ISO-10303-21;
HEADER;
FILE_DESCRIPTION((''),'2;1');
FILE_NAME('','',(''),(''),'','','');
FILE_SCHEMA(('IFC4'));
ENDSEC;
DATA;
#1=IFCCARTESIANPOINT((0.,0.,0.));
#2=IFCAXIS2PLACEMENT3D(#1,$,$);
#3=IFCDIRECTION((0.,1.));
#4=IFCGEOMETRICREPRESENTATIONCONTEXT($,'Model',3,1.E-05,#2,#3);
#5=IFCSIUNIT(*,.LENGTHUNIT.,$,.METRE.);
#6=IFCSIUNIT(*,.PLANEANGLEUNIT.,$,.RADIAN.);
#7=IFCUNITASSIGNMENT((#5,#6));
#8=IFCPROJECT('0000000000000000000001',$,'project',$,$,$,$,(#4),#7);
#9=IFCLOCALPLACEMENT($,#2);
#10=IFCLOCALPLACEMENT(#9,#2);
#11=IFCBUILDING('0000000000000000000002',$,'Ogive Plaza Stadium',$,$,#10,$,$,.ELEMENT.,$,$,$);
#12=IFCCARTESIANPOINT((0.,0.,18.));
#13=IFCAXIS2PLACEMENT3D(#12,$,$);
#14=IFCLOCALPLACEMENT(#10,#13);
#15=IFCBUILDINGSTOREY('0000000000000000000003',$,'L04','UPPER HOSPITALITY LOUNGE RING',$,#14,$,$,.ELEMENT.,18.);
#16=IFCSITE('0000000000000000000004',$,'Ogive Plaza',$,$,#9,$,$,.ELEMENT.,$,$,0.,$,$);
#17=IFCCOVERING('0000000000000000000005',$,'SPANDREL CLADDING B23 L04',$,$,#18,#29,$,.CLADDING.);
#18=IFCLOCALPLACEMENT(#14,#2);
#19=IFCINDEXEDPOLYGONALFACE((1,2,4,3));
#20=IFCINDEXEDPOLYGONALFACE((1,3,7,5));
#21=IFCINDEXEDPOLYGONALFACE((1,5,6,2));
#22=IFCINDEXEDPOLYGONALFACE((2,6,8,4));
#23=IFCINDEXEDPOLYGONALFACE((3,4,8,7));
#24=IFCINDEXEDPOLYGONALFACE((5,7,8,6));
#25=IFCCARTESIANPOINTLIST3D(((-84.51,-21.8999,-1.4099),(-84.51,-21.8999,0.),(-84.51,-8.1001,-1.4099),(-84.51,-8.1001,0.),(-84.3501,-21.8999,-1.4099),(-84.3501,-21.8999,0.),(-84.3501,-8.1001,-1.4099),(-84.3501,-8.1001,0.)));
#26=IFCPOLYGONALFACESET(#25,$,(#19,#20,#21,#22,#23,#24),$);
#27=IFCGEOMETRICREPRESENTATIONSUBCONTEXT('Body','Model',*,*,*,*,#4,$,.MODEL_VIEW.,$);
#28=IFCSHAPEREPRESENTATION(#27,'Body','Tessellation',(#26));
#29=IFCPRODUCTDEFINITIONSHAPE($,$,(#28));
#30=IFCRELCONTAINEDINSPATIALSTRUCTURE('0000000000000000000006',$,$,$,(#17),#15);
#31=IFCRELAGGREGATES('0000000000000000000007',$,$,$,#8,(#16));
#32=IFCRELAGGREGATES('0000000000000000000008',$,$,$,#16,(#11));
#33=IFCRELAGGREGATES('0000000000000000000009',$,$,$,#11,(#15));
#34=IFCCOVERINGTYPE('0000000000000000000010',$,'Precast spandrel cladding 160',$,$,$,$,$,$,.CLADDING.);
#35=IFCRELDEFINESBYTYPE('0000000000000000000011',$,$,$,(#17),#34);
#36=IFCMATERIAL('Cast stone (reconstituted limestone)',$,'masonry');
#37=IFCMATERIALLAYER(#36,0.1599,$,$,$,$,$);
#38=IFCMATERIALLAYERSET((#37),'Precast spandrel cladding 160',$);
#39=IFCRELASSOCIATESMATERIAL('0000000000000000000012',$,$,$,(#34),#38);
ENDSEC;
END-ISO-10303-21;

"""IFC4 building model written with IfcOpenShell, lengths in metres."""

from ifc_helpers import new_model, si_unit, direction, frame, origin, place, context, subcontext, project, spatial, polyline, outline, extrude, material, layer, layer_set, type_object, element, save


model = new_model("IFC4")

# Units and contexts
model_context = context("Model", 3, precision=1e-05, world=origin(), true_north=direction((0.0, 1.0)))
body_context = subcontext(model_context, "Body", "Model", "MODEL_VIEW")
ifc_project = project(units=[si_unit("LENGTHUNIT", "METRE"), si_unit("PLANEANGLEUNIT", "RADIAN")], contexts=[model_context])

# Site, building, storey
site_placement = place(None, origin())
site = spatial("IfcSite", under=ifc_project, at=site_placement, Name="Ogive Plaza", CompositionType="ELEMENT", RefElevation=0.0)
building_placement = place(site_placement, origin())
building = spatial("IfcBuilding", under=site, at=building_placement, Name="Ogive Plaza Stadium", CompositionType="ELEMENT")
storey_placement = place(building_placement, frame((0.0, 0.0, 18.0)))
storey = spatial("IfcBuildingStorey", under=building, at=storey_placement, Name="L04", Description="UPPER HOSPITALITY LOUNGE RING", CompositionType="ELEMENT", Elevation=18.0)

# Covering
ifc_material_1 = material(Name="Cast stone (reconstituted limestone)", Category="masonry")
ifc_layer_1 = layer(ifc_material_1, 0.1599)
ifc_layer_set_1 = layer_set([ifc_layer_1], Name="Precast spandrel cladding 160")
covering_type = type_object("IfcCoveringType", Name="Precast spandrel cladding 160", PredefinedType="CLADDING", material=ifc_layer_set_1)
covering_1_placement = place(storey_placement, frame((0.0, 0.0, -1.4099)))
element("IfcCovering", 1, at=covering_1_placement, inside=storey, type_object=covering_type, Name="SPANDREL CLADDING B23 L04", PredefinedType="CLADDING", context=body_context, shape_type="SweptSolid", body=[
    extrude(outline(polyline([(-84.3501, -21.8999), (-84.3501, -8.1001), (-84.51, -8.1001), (-84.51, -21.8999), (-84.3501, -21.8999)])), origin(), (0.0, 0.0, 1.0), 1.4099),
])

save(model, "model.ifc")
